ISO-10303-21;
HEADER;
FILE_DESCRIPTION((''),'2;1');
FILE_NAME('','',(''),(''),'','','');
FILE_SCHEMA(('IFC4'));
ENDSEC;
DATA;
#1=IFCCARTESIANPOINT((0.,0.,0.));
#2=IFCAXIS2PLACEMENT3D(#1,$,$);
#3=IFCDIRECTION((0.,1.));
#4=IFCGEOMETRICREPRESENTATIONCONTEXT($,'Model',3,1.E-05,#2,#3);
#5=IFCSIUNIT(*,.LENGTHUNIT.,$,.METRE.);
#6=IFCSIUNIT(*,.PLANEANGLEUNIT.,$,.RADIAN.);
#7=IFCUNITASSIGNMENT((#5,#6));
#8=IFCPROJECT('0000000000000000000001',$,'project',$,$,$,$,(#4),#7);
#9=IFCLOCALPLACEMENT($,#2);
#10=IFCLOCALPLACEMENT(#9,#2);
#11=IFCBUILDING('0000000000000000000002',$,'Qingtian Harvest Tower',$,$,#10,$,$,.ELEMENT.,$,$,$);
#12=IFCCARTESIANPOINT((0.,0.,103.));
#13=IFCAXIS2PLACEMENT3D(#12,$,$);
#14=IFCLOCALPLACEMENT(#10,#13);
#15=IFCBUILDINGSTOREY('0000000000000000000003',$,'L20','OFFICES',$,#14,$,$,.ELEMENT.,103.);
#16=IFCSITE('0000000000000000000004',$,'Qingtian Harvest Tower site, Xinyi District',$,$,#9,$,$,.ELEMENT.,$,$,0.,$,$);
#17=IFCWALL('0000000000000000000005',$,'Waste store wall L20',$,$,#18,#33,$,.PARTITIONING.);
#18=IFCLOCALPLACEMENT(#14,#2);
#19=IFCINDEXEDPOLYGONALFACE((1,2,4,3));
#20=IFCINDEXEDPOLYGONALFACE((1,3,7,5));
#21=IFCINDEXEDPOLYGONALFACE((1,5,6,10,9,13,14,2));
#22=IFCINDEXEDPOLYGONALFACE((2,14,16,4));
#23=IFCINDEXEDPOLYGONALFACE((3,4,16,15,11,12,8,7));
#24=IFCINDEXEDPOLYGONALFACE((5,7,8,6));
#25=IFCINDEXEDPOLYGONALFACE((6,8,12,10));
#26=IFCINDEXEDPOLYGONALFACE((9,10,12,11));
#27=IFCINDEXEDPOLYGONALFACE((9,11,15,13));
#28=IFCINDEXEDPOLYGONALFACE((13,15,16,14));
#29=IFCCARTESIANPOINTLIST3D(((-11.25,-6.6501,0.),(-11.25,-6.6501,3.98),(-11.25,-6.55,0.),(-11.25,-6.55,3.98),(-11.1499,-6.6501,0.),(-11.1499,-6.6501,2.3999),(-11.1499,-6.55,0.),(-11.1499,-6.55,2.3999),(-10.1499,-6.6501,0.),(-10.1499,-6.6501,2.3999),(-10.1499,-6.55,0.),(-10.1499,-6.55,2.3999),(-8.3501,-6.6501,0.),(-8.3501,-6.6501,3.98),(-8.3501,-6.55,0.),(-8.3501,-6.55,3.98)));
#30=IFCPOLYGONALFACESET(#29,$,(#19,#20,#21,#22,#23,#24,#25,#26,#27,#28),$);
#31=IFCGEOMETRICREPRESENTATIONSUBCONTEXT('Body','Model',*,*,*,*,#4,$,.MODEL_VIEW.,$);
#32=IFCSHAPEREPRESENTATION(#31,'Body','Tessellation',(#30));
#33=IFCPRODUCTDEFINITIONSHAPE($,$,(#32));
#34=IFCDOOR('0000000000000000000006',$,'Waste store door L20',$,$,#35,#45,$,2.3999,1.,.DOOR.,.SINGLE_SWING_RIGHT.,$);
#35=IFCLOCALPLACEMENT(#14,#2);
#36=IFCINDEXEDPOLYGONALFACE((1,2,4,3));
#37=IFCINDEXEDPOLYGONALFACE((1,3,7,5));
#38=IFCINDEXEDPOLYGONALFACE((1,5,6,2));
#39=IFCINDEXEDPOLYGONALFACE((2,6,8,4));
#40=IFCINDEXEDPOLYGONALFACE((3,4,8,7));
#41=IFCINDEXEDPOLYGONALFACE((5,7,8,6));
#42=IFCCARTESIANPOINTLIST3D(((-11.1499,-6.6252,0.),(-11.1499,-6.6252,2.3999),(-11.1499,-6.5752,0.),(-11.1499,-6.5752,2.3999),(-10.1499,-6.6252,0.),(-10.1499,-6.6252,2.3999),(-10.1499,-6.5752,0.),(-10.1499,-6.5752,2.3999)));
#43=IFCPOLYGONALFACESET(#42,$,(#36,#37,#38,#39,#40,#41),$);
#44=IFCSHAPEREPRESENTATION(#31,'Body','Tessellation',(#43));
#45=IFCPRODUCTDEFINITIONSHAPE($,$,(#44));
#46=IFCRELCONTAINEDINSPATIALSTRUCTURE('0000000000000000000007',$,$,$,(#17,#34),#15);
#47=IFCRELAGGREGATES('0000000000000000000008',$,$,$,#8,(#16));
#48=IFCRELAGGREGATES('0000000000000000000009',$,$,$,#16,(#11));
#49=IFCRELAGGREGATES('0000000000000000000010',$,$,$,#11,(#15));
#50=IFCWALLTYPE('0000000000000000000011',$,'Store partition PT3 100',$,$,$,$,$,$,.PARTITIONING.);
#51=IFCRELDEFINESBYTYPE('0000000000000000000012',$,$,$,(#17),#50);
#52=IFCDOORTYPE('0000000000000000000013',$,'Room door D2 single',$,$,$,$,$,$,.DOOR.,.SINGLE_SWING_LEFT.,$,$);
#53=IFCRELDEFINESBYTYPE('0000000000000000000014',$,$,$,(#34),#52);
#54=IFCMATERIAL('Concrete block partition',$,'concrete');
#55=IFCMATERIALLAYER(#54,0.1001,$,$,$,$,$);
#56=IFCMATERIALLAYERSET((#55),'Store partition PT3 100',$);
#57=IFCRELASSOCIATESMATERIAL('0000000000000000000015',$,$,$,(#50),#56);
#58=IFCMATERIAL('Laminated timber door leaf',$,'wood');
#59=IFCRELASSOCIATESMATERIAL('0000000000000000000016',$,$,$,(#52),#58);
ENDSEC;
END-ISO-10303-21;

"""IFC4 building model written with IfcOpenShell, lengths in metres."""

from ifc_helpers import new_model, si_unit, direction, frame, frame_2d, origin, place, context, subcontext, project, spatial, rectangle, extrude, material, layer, layer_set, type_object, element, fill, save


model = new_model("IFC4")

# Units and contexts
model_context = context("Model", 3, precision=1e-05, world=origin(), true_north=direction((0.0, 1.0)))
body_context = subcontext(model_context, "Body", "Model", "MODEL_VIEW")
ifc_project = project(units=[si_unit("LENGTHUNIT", "METRE"), si_unit("PLANEANGLEUNIT", "RADIAN")], contexts=[model_context])

# Site, building, storey
site_placement = place(None, origin())
site = spatial("IfcSite", under=ifc_project, at=site_placement, Name="Qingtian Harvest Tower site, Xinyi District", CompositionType="ELEMENT", RefElevation=0.0)
building_placement = place(site_placement, origin())
building = spatial("IfcBuilding", under=site, at=building_placement, Name="Qingtian Harvest Tower", CompositionType="ELEMENT")
storey_placement = place(building_placement, frame((0.0, 0.0, 103.0)))
storey = spatial("IfcBuildingStorey", under=building, at=storey_placement, Name="L20", Description="OFFICES", CompositionType="ELEMENT", Elevation=103.0)

# Wall, opening, door
ifc_material_1 = material(Name="Concrete block partition", Category="concrete")
ifc_layer_1 = layer(ifc_material_1, 0.1001)
ifc_layer_set_1 = layer_set([ifc_layer_1], Name="Store partition PT3 100")
wall_type_1 = type_object("IfcWallType", Name="Store partition PT3 100", PredefinedType="PARTITIONING", material=ifc_layer_set_1)
wall_1_placement = place(storey_placement, frame((-11.25, -6.6001, 0.0), z_axis=(0.0, 0.0, 1.0), x_axis=(1.0, 0.0, 0.0)))
wall_1 = element("IfcWall", 1, at=wall_1_placement, inside=storey, type_object=wall_type_1, Name="Waste store wall L20", PredefinedType="PARTITIONING", context=body_context, shape_type="SweptSolid", body=[
    extrude(rectangle(XDim=2.8999, YDim=0.1001, at=frame_2d((1.45, 0.0))), origin(), (0.0, 0.0, 1.0), 3.98),
])
opening_1_placement = place(wall_1_placement, frame((0.1001, 0.0, 0.0)))
opening_1 = element("IfcOpeningElement", 2, at=opening_1_placement, cuts=wall_1, PredefinedType="OPENING", context=body_context, shape_type="SweptSolid", body=[
    extrude(rectangle(XDim=1.0, YDim=2.3999, at=frame_2d((0.5, 1.2))), frame((0.0, 0.0601, 0.0), z_axis=(0.0, -1.0, 0.0), x_axis=(1.0, 0.0, 0.0)), (0.0, 0.0, 1.0), 0.1201),
])
ifc_material_2 = material(Name="Laminated timber door leaf", Category="wood")
door_type_1 = type_object("IfcDoorType", Name="Room door D2 single", OperationType="SINGLE_SWING_LEFT", PredefinedType="DOOR", material=ifc_material_2)
door_1_placement = place(opening_1_placement, origin())
door_1 = element("IfcDoor", 3, at=door_1_placement, inside=storey, type_object=door_type_1, Name="Waste store door L20", OperationType="SINGLE_SWING_RIGHT", OverallHeight=2.3999, OverallWidth=1.0, PredefinedType="DOOR", context=body_context, shape_type="SweptSolid", body=[
    extrude(rectangle(XDim=1.0, YDim=2.3999, at=frame_2d((0.5, 1.2))), frame((0.0, 0.0249, 0.0), z_axis=(0.0, -1.0, 0.0), x_axis=(1.0, 0.0, 0.0)), (0.0, 0.0, 1.0), 0.05),
])
fill(opening_1, door_1)

save(model, "model.ifc")
